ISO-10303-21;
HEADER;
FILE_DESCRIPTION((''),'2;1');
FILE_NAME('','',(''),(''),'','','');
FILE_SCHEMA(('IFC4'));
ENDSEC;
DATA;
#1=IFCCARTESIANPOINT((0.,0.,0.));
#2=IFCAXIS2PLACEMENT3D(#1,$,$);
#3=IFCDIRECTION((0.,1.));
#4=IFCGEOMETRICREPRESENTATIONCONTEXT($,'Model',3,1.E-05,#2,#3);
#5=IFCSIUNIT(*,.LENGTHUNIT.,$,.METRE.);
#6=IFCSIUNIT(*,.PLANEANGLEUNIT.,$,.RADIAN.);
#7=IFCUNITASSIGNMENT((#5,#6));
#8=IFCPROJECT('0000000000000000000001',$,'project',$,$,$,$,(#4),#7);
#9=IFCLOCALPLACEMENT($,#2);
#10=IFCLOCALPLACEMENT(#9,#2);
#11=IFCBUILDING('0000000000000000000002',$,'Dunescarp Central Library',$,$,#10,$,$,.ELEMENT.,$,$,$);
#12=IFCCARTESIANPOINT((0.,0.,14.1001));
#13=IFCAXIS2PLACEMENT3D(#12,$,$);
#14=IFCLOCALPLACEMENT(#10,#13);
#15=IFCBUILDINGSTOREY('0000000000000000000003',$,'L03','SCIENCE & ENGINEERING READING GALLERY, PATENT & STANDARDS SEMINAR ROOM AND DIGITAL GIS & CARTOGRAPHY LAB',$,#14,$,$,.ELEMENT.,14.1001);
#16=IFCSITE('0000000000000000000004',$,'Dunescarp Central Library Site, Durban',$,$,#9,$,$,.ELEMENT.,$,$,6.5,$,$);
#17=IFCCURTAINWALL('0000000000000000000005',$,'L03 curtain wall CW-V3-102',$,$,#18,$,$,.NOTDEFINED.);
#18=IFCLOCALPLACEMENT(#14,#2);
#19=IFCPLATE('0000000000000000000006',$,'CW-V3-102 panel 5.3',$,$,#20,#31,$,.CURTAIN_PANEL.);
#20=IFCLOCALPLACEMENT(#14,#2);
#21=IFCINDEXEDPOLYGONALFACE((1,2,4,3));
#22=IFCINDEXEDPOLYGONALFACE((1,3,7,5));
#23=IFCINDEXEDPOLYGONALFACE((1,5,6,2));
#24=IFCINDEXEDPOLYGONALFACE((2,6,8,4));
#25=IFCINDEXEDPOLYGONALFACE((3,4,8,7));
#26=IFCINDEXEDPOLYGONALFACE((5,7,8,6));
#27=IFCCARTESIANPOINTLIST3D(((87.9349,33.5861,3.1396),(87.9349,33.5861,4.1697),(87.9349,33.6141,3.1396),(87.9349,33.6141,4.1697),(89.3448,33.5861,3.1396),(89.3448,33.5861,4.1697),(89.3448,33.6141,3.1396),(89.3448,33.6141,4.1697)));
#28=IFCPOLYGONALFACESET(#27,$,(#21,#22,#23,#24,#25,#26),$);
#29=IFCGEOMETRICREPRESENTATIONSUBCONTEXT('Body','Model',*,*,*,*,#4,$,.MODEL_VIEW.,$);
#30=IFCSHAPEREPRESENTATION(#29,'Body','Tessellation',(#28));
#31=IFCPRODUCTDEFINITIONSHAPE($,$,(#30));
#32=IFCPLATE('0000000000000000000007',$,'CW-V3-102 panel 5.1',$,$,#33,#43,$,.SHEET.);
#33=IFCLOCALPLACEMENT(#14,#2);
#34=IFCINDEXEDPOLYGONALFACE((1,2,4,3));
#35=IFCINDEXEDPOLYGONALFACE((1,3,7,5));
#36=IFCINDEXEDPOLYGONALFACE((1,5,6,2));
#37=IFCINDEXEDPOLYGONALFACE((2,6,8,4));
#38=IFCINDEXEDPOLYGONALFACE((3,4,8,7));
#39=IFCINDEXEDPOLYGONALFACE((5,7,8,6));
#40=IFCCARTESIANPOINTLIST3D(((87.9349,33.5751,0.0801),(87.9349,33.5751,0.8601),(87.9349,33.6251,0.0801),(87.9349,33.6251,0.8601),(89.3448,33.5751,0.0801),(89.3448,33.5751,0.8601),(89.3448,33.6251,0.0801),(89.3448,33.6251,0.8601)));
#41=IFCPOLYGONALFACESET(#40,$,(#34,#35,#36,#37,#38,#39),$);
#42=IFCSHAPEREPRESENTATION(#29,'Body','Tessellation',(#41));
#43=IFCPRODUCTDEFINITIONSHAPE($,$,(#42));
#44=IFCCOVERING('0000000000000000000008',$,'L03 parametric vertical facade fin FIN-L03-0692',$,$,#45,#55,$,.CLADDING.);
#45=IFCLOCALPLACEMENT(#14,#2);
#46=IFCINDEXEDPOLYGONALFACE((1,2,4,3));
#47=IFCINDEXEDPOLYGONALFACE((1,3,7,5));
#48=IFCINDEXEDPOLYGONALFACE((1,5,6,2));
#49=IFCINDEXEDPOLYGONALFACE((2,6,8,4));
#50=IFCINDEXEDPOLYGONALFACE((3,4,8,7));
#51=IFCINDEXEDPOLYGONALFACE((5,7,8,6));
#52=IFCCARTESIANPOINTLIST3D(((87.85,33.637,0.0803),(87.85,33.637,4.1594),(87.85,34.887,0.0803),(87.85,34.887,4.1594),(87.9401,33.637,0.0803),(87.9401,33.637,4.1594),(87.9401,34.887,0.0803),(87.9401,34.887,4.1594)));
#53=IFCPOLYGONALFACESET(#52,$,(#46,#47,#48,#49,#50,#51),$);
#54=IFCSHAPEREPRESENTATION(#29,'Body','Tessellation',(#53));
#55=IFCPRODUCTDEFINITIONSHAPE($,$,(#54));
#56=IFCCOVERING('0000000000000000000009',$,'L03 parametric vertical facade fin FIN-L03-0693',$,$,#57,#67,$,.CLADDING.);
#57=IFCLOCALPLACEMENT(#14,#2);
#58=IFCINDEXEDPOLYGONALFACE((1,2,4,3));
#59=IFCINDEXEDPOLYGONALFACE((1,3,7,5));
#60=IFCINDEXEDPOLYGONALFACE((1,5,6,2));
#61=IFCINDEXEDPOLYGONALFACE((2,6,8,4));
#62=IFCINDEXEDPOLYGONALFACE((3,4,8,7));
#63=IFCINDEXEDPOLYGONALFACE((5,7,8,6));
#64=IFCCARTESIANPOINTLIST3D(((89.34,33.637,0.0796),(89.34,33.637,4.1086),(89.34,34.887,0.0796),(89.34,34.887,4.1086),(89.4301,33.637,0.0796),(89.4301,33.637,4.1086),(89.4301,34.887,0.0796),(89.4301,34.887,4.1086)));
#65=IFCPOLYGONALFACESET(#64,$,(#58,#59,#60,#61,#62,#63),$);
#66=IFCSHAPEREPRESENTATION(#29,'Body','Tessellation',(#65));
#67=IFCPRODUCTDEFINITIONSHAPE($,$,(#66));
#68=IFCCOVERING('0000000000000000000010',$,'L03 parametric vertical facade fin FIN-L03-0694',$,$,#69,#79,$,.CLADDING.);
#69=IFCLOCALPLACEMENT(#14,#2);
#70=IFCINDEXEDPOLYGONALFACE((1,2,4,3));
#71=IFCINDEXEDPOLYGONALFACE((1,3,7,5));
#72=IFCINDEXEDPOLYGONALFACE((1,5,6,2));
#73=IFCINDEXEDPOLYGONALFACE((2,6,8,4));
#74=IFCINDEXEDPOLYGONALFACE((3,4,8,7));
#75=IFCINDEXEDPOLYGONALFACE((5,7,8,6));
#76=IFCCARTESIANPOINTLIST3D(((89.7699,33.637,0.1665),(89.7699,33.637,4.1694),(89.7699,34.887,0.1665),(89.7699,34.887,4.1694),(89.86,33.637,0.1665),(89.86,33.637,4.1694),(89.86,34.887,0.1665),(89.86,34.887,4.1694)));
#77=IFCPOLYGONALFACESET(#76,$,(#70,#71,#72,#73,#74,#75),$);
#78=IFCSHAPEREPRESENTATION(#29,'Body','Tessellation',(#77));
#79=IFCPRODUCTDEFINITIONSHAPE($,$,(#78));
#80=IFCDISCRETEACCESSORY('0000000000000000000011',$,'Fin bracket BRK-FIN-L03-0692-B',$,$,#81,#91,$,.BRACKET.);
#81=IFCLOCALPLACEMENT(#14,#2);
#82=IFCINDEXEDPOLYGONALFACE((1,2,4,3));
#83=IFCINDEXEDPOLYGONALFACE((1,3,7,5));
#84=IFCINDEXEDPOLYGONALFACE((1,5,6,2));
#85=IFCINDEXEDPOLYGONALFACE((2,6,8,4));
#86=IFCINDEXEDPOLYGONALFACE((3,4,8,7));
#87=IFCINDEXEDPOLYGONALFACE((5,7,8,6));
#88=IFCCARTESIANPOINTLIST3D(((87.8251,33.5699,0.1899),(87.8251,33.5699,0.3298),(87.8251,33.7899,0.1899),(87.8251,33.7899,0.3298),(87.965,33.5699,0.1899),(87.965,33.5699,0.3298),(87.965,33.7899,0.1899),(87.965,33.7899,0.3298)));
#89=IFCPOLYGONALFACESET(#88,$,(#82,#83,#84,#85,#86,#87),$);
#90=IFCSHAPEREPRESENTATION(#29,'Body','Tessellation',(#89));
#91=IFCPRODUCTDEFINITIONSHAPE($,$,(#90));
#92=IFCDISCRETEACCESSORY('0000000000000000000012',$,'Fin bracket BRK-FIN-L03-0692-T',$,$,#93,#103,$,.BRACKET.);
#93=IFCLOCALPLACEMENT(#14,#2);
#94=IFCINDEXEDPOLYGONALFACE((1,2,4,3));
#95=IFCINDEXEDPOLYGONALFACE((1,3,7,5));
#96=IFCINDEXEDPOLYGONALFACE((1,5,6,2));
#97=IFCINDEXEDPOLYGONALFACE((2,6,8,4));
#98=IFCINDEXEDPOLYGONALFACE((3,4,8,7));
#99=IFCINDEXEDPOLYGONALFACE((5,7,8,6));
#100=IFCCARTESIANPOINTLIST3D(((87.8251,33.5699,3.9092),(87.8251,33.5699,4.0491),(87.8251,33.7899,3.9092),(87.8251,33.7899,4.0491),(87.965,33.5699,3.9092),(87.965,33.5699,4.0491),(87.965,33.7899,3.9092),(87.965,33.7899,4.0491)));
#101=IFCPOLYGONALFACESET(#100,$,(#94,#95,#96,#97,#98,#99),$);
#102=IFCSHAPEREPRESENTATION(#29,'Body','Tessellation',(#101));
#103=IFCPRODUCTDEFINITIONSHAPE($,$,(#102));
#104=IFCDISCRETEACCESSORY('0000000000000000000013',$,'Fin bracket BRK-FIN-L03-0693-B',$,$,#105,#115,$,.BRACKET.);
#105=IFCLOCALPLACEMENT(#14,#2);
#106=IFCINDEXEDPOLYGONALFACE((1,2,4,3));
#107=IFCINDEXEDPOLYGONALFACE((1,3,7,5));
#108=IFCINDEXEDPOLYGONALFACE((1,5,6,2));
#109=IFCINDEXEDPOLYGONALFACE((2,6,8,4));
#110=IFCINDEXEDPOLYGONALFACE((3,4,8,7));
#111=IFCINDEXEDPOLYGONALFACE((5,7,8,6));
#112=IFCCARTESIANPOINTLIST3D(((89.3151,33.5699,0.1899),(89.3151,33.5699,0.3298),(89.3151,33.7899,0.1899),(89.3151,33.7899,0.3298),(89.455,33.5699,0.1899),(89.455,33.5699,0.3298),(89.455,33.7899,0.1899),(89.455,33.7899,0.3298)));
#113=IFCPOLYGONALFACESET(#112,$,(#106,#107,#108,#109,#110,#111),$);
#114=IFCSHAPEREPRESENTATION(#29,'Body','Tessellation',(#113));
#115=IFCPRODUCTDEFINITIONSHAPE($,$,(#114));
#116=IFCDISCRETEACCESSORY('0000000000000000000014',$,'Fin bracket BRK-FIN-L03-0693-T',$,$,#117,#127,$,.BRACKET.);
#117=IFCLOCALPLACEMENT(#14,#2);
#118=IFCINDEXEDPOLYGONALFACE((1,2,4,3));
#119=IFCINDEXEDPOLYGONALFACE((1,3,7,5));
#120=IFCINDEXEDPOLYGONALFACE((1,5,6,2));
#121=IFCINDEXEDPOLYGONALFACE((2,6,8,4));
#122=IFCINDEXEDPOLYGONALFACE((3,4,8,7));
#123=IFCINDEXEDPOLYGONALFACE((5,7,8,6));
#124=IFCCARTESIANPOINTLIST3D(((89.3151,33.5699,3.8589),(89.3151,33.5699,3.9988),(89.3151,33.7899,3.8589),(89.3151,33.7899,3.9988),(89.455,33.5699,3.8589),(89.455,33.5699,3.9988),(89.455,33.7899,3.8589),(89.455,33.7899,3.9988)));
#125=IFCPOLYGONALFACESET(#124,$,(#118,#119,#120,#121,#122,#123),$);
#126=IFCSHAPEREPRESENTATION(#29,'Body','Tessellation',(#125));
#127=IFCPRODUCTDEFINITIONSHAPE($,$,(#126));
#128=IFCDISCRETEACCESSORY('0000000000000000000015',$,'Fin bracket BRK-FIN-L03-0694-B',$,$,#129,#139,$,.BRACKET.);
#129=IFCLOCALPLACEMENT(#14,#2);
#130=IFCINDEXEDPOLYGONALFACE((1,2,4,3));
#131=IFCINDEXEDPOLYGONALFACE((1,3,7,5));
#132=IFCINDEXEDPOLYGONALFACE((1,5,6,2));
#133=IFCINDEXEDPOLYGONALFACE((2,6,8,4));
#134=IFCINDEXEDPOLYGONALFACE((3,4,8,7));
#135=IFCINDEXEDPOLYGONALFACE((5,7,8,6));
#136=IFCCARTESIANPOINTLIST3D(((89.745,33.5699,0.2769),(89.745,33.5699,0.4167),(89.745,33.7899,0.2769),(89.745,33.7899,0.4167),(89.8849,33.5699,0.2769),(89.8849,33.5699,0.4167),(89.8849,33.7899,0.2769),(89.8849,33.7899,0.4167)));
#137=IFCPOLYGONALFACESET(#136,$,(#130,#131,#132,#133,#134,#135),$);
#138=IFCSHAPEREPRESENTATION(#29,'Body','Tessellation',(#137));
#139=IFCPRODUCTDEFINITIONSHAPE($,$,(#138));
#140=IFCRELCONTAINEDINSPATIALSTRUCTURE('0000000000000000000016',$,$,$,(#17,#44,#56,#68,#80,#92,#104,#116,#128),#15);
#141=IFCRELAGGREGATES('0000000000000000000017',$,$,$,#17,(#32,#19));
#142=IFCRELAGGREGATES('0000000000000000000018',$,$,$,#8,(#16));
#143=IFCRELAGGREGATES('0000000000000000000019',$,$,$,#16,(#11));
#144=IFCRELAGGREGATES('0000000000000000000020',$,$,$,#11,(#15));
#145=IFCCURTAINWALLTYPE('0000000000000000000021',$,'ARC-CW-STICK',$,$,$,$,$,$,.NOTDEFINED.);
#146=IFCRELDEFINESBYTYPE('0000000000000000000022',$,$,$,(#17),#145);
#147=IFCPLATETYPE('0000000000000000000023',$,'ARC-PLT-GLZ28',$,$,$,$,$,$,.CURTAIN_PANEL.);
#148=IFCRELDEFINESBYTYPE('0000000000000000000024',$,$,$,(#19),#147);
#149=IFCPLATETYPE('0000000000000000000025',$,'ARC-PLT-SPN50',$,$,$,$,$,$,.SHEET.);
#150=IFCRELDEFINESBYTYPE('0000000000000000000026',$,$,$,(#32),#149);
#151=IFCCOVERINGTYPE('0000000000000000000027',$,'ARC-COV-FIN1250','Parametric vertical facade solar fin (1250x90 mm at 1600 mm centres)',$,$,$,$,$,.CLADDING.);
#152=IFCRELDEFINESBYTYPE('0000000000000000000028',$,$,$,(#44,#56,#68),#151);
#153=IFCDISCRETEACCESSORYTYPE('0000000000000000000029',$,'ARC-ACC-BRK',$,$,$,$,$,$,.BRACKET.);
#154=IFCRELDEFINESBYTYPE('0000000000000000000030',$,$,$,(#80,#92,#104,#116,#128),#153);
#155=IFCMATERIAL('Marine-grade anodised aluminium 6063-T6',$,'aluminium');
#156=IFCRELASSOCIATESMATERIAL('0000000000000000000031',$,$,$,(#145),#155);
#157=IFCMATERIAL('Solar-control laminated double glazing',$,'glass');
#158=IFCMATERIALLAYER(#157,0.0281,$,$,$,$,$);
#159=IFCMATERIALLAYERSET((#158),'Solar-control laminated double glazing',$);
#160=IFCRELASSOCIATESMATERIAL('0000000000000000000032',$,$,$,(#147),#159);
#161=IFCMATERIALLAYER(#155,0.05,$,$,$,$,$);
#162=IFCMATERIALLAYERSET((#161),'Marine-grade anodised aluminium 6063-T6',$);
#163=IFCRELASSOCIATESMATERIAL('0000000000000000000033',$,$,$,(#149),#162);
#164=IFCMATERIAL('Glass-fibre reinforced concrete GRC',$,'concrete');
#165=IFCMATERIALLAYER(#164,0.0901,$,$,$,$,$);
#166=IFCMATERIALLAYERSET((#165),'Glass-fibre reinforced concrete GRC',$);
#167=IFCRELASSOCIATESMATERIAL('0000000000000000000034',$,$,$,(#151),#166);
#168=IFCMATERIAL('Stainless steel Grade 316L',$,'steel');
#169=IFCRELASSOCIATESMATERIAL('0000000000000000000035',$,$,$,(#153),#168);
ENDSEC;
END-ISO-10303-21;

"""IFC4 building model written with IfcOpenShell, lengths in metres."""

from ifc_helpers import new_model, si_unit, direction, frame, origin, origin_2d, place, context, subcontext, project, spatial, rectangle, extrude, material, layer, layer_set, type_object, element, aggregate, save


model = new_model("IFC4")

# Units and contexts
model_context = context("Model", 3, precision=1e-05, world=origin(), true_north=direction((0.0, 1.0)))
body_context = subcontext(model_context, "Body", "Model", "MODEL_VIEW")
ifc_project = project(units=[si_unit("LENGTHUNIT", "METRE"), si_unit("PLANEANGLEUNIT", "RADIAN")], contexts=[model_context])

# Site, building, storey
site_placement = place(None, origin())
site = spatial("IfcSite", under=ifc_project, at=site_placement, Name="Dunescarp Central Library Site, Durban", CompositionType="ELEMENT", RefElevation=6.5)
building_placement = place(site_placement, origin())
building = spatial("IfcBuilding", under=site, at=building_placement, Name="Dunescarp Central Library", CompositionType="ELEMENT")
storey_placement = place(building_placement, frame((0.0, 0.0, 14.1001)))
storey = spatial("IfcBuildingStorey", under=building, at=storey_placement, Name="L03", Description="SCIENCE & ENGINEERING READING GALLERY, PATENT & STANDARDS SEMINAR ROOM AND DIGITAL GIS & CARTOGRAPHY LAB", CompositionType="ELEMENT", Elevation=14.1001)

# Curtain wall
ifc_material_1 = material(Name="Marine-grade anodised aluminium 6063-T6", Category="aluminium")
curtain_wall_type = type_object("IfcCurtainWallType", Name="ARC-CW-STICK", PredefinedType="NOTDEFINED", material=ifc_material_1)
curtain_wall_1_placement = place(storey_placement, origin())
curtain_wall_1 = element("IfcCurtainWall", 1, at=curtain_wall_1_placement, inside=storey, type_object=curtain_wall_type, Name="L03 curtain wall CW-V3-102", PredefinedType="NOTDEFINED")

# Plates
ifc_material_2 = material(Name="Solar-control laminated double glazing", Category="glass")
ifc_layer_1 = layer(ifc_material_2, 0.0281)
ifc_layer_set_1 = layer_set([ifc_layer_1], Name="Solar-control laminated double glazing")
plate_type_1 = type_object("IfcPlateType", Name="ARC-PLT-GLZ28", PredefinedType="CURTAIN_PANEL", material=ifc_layer_set_1)
plate_1_placement = place(storey_placement, frame((88.6399, 33.6001, 3.1396), z_axis=(0.0, 0.0, 1.0), x_axis=(1.0, 0.0, 0.0)))
plate_1 = element("IfcPlate", 2, at=plate_1_placement, type_object=plate_type_1, Name="CW-V3-102 panel 5.3", PredefinedType="CURTAIN_PANEL", context=body_context, shape_type="SweptSolid", body=[
    extrude(rectangle(XDim=1.4099, YDim=0.0281, at=origin_2d()), origin(), (0.0, 0.0, 1.0), 1.03),
])
ifc_layer_2 = layer(ifc_material_1, 0.05)
ifc_layer_set_2 = layer_set([ifc_layer_2], Name="Marine-grade anodised aluminium 6063-T6")
plate_type_2 = type_object("IfcPlateType", Name="ARC-PLT-SPN50", PredefinedType="SHEET", material=ifc_layer_set_2)
plate_2_placement = place(storey_placement, frame((88.6399, 33.6001, 0.0801), z_axis=(0.0, 0.0, 1.0), x_axis=(1.0, 0.0, 0.0)))
plate_2 = element("IfcPlate", 3, at=plate_2_placement, type_object=plate_type_2, Name="CW-V3-102 panel 5.1", PredefinedType="SHEET", context=body_context, shape_type="SweptSolid", body=[
    extrude(rectangle(XDim=1.4099, YDim=0.05, at=origin_2d()), origin(), (0.0, 0.0, 1.0), 0.78),
])
aggregate(curtain_wall_1, [plate_2, plate_1])

# Coverings
ifc_material_3 = material(Name="Glass-fibre reinforced concrete GRC", Category="concrete")
ifc_layer_3 = layer(ifc_material_3, 0.0901)
ifc_layer_set_3 = layer_set([ifc_layer_3], Name="Glass-fibre reinforced concrete GRC")
covering_type = type_object("IfcCoveringType", Name="ARC-COV-FIN1250", Description="Parametric vertical facade solar fin (1250x90 mm at 1600 mm centres)", PredefinedType="CLADDING", material=ifc_layer_set_3)
covering_1_placement = place(storey_placement, frame((87.895, 34.262, 0.0803), z_axis=(0.0, 0.0, 1.0), x_axis=(0.0, 1.0, 0.0)))
element("IfcCovering", 4, at=covering_1_placement, inside=storey, type_object=covering_type, Name="L03 parametric vertical facade fin FIN-L03-0692", PredefinedType="CLADDING", context=body_context, shape_type="SweptSolid", body=[
    extrude(rectangle(XDim=1.25, YDim=0.0901, at=origin_2d()), origin(), (0.0, 0.0, 1.0), 4.0791),
])
covering_2_placement = place(storey_placement, frame((89.385, 34.262, 0.0796), z_axis=(0.0, 0.0, 1.0), x_axis=(0.0, 1.0, 0.0)))
element("IfcCovering", 5, at=covering_2_placement, inside=storey, type_object=covering_type, Name="L03 parametric vertical facade fin FIN-L03-0693", PredefinedType="CLADDING", context=body_context, shape_type="SweptSolid", body=[
    extrude(rectangle(XDim=1.25, YDim=0.0901, at=origin_2d()), origin(), (0.0, 0.0, 1.0), 4.0291),
])
covering_3_placement = place(storey_placement, frame((89.8149, 34.262, 0.1665), z_axis=(0.0, 0.0, 1.0), x_axis=(0.0, 1.0, 0.0)))
element("IfcCovering", 6, at=covering_3_placement, inside=storey, type_object=covering_type, Name="L03 parametric vertical facade fin FIN-L03-0694", PredefinedType="CLADDING", context=body_context, shape_type="SweptSolid", body=[
    extrude(rectangle(XDim=1.25, YDim=0.0901, at=origin_2d()), origin(), (0.0, 0.0, 1.0), 4.0029),
])

# Discrete accessories
ifc_material_4 = material(Name="Stainless steel Grade 316L", Category="steel")
discrete_accessory_type = type_object("IfcDiscreteAccessoryType", Name="ARC-ACC-BRK", PredefinedType="BRACKET", material=ifc_material_4)
for number, where, z_axis, x_axis, name in (
    (7, (87.895, 33.6799, 0.1899), (0.0, 0.0, 1.0), (0.0, 1.0, 0.0), "Fin bracket BRK-FIN-L03-0692-B"),
    (8, (87.895, 33.6799, 3.9092), (0.0, 0.0, 1.0), (0.0, 1.0, 0.0), "Fin bracket BRK-FIN-L03-0692-T"),
    (9, (89.385, 33.6799, 0.1899), (0.0, 0.0, 1.0), (0.0, 1.0, 0.0), "Fin bracket BRK-FIN-L03-0693-B"),
    (10, (89.385, 33.6799, 3.8589), (0.0, 0.0, 1.0), (0.0, 1.0, 0.0), "Fin bracket BRK-FIN-L03-0693-T"),
    (11, (89.8149, 33.6799, 0.2769), (0.0, 0.0, 1.0), (0.0, 1.0, 0.0), "Fin bracket BRK-FIN-L03-0694-B"),
):
    element("IfcDiscreteAccessory", number, at=place(storey_placement, frame(where, z_axis=z_axis, x_axis=x_axis)), inside=storey, type_object=discrete_accessory_type, Name=name, PredefinedType="BRACKET", context=body_context, shape_type="SweptSolid", body=[
        extrude(rectangle(XDim=0.22, YDim=0.1399, at=origin_2d()), origin(), (0.0, 0.0, 1.0), 0.1399),
    ])

save(model, "model.ifc")
